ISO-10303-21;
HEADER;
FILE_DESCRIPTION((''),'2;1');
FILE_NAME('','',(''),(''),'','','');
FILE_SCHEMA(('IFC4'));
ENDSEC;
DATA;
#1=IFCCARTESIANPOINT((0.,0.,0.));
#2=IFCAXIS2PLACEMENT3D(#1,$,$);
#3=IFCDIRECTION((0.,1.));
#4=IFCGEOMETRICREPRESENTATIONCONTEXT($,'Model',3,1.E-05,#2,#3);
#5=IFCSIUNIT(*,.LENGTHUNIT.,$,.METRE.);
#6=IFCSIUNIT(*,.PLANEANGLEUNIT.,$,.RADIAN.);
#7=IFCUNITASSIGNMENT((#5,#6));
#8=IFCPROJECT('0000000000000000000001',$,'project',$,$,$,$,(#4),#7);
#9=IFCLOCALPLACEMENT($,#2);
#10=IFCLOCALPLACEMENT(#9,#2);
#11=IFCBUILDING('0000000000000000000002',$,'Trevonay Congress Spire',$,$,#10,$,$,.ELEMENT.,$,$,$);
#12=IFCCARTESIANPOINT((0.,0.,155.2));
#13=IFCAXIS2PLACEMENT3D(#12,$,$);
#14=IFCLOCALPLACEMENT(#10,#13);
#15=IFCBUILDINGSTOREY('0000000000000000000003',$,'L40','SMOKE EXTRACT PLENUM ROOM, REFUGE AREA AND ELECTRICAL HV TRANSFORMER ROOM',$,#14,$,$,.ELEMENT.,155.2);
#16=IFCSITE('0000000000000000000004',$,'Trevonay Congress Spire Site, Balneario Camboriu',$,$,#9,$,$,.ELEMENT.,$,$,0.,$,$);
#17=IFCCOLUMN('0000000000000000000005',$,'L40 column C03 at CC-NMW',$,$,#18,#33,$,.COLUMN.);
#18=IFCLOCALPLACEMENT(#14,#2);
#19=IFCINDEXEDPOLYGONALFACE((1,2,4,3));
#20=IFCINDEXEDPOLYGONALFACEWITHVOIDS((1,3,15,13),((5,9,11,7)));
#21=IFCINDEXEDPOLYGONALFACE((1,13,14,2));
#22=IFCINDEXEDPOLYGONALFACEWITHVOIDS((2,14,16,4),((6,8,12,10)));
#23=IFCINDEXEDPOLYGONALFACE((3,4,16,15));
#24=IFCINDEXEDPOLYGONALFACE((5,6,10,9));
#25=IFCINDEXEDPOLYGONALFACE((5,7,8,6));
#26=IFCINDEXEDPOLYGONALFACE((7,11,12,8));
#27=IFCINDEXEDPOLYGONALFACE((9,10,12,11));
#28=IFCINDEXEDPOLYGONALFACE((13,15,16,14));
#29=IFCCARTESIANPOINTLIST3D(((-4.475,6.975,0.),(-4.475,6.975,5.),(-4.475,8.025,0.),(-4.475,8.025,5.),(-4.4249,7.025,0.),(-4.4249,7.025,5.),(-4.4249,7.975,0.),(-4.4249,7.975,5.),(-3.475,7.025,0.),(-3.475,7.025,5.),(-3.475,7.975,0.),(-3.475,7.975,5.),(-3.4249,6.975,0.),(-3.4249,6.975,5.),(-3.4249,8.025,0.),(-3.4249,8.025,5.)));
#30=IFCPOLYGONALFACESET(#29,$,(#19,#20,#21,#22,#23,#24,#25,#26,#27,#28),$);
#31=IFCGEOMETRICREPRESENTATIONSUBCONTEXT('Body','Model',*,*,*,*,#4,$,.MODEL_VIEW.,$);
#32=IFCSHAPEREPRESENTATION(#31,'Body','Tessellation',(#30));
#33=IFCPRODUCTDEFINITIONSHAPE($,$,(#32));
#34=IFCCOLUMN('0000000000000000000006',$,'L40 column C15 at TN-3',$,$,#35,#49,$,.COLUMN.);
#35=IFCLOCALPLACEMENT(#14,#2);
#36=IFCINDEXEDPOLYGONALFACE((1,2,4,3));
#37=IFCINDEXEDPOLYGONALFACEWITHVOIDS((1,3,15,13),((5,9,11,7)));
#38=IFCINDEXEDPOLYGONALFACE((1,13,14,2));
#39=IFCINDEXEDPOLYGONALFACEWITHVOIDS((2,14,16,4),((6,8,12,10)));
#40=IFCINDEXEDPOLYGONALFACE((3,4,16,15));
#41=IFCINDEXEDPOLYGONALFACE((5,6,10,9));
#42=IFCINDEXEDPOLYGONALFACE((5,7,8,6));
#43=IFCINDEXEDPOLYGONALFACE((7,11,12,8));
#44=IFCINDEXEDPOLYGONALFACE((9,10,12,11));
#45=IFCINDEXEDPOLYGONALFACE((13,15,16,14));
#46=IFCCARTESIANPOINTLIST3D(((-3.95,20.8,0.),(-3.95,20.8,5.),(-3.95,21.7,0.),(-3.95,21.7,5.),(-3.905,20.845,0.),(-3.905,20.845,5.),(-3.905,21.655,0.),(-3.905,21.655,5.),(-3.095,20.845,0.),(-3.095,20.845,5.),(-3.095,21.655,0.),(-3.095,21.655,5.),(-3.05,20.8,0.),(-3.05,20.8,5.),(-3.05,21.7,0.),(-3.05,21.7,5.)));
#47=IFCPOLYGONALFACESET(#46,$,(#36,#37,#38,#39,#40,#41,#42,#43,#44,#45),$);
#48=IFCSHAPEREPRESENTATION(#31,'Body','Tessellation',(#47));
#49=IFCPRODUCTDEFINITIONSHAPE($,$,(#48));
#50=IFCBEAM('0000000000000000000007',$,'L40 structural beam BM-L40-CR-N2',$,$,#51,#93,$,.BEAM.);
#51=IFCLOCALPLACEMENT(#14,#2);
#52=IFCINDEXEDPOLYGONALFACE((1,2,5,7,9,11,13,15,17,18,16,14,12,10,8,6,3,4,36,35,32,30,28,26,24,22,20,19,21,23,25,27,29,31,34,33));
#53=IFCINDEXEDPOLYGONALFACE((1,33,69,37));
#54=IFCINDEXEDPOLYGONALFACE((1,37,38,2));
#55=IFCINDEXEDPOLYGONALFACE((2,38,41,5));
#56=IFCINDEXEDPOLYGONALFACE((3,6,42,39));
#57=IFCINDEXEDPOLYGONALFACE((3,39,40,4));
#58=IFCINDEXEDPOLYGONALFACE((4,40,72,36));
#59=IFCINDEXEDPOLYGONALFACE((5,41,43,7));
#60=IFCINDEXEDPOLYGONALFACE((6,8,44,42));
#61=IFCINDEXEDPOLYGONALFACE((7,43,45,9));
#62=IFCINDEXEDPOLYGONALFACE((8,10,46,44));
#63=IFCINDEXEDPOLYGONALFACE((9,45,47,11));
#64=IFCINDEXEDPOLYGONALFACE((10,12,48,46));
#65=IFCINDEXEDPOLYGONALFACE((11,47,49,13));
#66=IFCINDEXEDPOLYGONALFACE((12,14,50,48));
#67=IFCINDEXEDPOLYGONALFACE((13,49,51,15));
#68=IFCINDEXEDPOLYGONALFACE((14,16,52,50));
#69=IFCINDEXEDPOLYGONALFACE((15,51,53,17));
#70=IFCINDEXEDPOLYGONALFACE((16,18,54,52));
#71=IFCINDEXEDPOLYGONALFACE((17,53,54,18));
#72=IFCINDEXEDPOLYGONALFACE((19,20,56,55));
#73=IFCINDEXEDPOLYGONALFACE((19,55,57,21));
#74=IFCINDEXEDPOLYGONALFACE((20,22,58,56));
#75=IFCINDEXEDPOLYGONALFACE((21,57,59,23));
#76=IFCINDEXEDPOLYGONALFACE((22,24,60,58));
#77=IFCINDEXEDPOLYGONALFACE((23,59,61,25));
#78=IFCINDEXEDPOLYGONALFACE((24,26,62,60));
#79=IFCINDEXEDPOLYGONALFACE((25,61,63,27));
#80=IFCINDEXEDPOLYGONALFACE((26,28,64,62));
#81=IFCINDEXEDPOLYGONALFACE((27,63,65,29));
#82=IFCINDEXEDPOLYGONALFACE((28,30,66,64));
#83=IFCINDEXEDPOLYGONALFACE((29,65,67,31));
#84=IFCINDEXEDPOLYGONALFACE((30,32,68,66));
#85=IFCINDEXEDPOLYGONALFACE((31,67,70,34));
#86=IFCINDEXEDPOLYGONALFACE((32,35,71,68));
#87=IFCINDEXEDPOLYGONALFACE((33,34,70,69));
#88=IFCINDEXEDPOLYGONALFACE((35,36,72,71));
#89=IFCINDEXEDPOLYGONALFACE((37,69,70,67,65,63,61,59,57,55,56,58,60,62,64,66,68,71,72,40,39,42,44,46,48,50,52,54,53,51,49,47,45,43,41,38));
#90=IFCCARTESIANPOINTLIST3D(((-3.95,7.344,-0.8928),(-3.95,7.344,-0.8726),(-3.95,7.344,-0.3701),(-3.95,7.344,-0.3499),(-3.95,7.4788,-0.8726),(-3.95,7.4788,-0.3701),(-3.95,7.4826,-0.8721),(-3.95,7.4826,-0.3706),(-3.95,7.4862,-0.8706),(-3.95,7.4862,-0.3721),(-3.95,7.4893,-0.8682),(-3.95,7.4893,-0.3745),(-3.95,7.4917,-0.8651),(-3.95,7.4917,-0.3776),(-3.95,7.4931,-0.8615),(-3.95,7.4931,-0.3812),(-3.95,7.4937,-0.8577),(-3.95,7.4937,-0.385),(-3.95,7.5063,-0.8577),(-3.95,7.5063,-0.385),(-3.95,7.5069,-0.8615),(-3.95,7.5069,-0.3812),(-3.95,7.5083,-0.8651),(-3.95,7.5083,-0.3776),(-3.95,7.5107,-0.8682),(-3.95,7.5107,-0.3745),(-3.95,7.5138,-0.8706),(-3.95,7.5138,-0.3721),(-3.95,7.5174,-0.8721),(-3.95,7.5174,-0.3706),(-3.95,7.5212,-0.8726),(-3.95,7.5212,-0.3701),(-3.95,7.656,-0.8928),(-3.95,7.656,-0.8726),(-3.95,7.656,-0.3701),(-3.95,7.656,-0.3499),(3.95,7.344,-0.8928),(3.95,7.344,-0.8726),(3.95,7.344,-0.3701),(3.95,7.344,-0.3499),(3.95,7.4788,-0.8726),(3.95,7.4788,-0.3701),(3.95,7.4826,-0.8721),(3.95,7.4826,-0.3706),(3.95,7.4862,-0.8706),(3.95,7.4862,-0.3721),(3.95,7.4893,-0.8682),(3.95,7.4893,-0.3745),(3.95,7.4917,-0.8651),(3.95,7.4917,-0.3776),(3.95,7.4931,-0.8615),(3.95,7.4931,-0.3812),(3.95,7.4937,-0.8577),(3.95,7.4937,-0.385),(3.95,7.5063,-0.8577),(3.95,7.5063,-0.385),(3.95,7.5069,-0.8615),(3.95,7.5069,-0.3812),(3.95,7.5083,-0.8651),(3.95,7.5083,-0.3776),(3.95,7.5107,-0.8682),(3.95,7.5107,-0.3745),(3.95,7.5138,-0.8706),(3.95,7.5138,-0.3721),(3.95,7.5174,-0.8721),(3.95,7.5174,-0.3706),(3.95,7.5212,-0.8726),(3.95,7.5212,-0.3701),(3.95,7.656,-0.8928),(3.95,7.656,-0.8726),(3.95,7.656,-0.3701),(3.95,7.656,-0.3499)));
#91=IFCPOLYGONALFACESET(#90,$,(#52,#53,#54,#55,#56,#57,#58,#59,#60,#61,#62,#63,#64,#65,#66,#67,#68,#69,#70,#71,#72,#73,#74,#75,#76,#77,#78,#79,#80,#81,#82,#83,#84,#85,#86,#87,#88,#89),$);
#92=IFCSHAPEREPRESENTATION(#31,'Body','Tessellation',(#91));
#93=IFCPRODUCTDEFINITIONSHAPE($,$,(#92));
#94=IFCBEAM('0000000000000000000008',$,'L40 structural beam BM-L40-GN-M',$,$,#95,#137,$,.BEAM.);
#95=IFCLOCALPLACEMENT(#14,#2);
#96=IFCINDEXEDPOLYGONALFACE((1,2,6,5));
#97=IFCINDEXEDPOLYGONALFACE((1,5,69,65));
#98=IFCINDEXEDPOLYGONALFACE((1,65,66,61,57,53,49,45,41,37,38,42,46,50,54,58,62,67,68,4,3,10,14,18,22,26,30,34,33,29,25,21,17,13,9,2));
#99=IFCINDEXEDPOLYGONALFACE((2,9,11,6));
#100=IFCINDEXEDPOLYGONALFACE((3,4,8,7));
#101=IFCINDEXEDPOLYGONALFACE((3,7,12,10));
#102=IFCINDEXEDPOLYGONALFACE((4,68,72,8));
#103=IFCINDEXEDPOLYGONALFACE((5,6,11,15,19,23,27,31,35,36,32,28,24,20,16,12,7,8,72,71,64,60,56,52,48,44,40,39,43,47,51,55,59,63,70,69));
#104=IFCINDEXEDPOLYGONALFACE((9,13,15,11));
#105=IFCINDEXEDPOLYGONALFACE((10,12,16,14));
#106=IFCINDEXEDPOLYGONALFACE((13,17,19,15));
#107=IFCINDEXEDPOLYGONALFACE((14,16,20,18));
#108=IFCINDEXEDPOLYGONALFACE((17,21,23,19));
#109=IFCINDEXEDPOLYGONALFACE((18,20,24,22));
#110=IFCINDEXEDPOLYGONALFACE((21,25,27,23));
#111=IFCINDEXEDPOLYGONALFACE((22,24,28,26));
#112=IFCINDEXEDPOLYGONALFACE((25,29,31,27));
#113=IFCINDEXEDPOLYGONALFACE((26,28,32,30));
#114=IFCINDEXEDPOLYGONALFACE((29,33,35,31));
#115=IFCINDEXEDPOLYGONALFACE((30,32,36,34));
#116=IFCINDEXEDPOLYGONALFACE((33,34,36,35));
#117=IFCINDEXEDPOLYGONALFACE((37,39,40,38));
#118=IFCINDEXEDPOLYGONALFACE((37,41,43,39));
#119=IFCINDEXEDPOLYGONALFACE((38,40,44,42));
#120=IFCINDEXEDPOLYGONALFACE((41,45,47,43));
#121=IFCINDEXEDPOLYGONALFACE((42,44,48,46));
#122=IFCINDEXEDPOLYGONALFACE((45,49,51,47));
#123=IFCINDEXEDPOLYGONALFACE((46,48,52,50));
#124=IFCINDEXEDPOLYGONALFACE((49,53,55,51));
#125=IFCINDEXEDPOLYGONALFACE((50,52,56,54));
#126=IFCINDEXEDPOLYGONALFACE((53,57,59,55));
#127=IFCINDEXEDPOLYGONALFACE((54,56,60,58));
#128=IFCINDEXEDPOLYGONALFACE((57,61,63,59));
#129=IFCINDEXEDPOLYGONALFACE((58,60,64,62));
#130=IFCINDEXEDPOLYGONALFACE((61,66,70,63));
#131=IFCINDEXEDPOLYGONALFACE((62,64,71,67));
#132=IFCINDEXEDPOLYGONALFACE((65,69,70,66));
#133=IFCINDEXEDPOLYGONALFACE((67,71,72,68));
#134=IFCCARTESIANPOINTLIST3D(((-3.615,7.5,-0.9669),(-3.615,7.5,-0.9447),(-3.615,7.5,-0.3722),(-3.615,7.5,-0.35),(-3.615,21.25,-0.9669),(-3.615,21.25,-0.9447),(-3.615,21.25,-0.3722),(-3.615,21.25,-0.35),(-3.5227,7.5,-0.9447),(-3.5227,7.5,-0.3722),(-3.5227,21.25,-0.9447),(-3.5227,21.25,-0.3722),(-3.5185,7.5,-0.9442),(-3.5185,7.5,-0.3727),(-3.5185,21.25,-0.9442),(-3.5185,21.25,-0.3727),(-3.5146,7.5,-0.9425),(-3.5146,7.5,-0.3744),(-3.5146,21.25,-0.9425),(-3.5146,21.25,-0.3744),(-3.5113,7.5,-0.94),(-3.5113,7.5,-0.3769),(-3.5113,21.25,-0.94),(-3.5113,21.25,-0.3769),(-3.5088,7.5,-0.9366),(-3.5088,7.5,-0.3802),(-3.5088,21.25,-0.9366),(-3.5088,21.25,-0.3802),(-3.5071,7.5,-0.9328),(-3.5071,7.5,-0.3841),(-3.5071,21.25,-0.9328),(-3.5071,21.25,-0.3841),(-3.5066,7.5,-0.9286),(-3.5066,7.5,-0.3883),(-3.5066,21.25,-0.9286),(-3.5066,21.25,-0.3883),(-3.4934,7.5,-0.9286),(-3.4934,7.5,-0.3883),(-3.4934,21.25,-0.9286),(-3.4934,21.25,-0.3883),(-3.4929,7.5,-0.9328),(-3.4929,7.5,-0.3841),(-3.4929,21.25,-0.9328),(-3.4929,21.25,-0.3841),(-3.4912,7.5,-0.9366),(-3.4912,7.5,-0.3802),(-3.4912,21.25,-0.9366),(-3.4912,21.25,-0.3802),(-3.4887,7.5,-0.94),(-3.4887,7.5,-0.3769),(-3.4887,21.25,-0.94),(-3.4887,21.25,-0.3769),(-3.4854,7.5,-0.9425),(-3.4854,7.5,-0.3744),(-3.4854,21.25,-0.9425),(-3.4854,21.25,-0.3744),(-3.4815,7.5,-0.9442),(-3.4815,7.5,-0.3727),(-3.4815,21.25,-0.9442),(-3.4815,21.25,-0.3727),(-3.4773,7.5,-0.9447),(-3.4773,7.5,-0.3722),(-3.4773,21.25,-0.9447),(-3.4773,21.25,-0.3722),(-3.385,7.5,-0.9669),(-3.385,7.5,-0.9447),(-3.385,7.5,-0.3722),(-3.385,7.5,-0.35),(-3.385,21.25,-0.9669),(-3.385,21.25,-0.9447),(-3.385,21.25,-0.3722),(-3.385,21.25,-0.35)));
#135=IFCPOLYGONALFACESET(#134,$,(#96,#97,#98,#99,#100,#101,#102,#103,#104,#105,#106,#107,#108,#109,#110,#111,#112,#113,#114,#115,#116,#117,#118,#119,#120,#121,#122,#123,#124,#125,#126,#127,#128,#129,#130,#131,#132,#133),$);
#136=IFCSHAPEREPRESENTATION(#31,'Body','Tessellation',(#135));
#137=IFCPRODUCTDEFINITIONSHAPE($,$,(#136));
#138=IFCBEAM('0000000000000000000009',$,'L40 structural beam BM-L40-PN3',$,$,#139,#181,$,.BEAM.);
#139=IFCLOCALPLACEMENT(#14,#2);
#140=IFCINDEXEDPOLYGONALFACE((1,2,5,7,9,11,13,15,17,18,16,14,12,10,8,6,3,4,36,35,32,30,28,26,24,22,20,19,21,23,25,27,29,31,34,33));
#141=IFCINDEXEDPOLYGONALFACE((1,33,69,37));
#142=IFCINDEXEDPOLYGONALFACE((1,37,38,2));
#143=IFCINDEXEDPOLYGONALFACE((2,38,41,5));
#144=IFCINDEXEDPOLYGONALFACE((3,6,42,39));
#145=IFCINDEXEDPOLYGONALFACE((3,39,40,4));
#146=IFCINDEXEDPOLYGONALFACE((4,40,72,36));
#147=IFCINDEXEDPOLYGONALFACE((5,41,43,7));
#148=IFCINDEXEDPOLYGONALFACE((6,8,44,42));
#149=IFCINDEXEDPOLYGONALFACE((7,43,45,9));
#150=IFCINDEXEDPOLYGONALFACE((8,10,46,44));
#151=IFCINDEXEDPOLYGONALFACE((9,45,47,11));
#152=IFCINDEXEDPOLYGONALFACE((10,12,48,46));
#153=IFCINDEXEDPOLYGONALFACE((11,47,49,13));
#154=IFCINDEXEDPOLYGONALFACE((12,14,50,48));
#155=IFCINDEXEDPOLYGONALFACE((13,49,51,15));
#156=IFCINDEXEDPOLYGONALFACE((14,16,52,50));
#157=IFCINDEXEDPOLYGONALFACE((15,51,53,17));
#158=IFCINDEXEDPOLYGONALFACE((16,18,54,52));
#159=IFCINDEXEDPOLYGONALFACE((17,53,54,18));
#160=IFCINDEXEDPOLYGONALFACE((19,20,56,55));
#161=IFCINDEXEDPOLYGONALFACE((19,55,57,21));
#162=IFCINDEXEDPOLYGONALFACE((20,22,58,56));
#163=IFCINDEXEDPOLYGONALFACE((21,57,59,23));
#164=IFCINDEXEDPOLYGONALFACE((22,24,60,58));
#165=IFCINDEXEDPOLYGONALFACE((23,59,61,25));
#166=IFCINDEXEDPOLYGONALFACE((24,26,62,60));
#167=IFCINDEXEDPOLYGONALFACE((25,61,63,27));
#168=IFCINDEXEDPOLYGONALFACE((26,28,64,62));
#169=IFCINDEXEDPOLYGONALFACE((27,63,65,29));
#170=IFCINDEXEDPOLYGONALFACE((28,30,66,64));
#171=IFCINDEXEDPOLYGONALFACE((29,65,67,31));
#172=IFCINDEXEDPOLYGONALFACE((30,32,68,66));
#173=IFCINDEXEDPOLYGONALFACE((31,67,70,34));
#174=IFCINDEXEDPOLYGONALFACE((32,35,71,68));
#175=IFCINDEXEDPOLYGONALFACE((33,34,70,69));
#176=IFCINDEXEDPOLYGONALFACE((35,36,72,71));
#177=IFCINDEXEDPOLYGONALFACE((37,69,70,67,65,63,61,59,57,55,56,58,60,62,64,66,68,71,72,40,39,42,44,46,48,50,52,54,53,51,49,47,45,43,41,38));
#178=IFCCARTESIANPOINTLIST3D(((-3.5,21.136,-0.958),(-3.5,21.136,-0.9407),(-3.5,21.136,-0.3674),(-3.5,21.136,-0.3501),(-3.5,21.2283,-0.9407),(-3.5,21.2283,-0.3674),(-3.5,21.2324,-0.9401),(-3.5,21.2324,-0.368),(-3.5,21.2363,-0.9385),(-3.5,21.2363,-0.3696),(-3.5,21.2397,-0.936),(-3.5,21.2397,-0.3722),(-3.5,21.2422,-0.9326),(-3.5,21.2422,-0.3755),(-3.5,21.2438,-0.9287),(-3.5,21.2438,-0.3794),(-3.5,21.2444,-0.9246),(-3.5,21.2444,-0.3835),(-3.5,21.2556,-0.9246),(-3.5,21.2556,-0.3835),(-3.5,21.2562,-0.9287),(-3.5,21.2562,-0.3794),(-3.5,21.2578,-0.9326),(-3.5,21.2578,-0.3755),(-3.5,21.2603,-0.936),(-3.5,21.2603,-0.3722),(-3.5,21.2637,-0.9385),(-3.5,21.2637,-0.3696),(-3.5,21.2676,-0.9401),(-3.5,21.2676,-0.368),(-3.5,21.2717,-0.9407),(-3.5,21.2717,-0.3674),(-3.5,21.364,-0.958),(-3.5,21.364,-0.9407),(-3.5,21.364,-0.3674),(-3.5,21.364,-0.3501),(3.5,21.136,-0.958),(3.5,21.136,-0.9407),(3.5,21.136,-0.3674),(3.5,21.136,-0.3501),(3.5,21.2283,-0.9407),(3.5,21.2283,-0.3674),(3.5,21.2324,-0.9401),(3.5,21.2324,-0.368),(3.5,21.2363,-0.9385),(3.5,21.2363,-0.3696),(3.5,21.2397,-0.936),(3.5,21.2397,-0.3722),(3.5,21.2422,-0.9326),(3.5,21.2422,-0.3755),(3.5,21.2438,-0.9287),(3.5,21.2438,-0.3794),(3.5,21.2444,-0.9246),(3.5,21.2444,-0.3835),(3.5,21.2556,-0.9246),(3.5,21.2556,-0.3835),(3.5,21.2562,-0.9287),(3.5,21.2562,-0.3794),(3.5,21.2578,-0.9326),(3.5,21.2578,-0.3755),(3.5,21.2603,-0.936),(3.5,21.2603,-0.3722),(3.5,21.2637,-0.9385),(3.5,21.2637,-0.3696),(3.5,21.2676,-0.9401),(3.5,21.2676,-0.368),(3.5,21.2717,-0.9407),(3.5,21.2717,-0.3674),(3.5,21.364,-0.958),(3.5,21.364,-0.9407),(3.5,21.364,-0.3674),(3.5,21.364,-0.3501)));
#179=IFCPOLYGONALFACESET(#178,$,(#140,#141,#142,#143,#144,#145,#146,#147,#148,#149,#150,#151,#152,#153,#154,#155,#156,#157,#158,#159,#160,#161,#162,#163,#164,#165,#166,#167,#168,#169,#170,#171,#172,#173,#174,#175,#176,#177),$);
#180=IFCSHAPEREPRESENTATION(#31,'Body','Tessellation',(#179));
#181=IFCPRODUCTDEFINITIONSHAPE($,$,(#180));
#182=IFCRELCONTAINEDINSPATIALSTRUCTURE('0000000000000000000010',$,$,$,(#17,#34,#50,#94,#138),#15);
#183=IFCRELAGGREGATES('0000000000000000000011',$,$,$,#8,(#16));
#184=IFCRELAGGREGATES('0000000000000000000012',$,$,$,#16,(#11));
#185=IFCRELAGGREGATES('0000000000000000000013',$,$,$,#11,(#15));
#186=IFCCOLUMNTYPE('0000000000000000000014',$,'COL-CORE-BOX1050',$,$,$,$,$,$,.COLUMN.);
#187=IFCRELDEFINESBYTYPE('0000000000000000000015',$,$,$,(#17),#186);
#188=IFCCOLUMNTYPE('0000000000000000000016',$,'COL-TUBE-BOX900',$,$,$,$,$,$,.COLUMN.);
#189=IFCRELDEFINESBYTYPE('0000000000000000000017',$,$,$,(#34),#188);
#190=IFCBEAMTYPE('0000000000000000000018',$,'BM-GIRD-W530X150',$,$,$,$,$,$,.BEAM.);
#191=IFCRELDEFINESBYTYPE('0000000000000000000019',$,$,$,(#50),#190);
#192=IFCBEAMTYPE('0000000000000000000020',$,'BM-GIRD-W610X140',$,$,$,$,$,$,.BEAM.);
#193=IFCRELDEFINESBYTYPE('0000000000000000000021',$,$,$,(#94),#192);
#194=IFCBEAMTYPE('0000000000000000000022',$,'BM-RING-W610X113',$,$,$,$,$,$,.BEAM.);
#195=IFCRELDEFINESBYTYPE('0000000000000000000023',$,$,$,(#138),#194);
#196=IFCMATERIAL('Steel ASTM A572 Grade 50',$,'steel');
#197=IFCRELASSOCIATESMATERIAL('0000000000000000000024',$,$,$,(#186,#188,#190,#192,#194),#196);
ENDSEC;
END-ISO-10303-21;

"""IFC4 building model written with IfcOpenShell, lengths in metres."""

from ifc_helpers import new_model, si_unit, direction, frame, origin, origin_2d, place, context, subcontext, project, spatial, hollow_rectangle, i_section, extrude, material, material_profile, profile_set, type_object, element, save


model = new_model("IFC4")

# Units and contexts
model_context = context("Model", 3, precision=1e-05, world=origin(), true_north=direction((0.0, 1.0)))
body_context = subcontext(model_context, "Body", "Model", "MODEL_VIEW")
ifc_project = project(units=[si_unit("LENGTHUNIT", "METRE"), si_unit("PLANEANGLEUNIT", "RADIAN")], contexts=[model_context])

# Site, building, storey
site_placement = place(None, origin())
site = spatial("IfcSite", under=ifc_project, at=site_placement, Name="Trevonay Congress Spire Site, Balneario Camboriu", CompositionType="ELEMENT", RefElevation=0.0)
building_placement = place(site_placement, origin())
building = spatial("IfcBuilding", under=site, at=building_placement, Name="Trevonay Congress Spire", CompositionType="ELEMENT")
storey_placement = place(building_placement, frame((0.0, 0.0, 155.2)))
storey = spatial("IfcBuildingStorey", under=building, at=storey_placement, Name="L40", Description="SMOKE EXTRACT PLENUM ROOM, REFUGE AREA AND ELECTRICAL HV TRANSFORMER ROOM", CompositionType="ELEMENT", Elevation=155.2)

# Columns
ifc_material_1 = material(Name="Steel ASTM A572 Grade 50", Category="steel")
ifc_material_profile_1 = material_profile(ifc_material_1, hollow_rectangle(XDim=1.05, YDim=1.05, WallThickness=0.05, at=origin_2d()), Name="BOX 1050x1050x50")
ifc_profile_set_1 = profile_set([ifc_material_profile_1], Name="Steel ASTM A572 Grade 50")
column_type_1 = type_object("IfcColumnType", Name="COL-CORE-BOX1050", PredefinedType="COLUMN", material=ifc_profile_set_1)
column_1_placement = place(storey_placement, frame((-3.95, 7.5, 0.0), z_axis=(0.0, 0.0, 1.0), x_axis=(1.0, 0.0, 0.0)))
element("IfcColumn", 1, at=column_1_placement, inside=storey, type_object=column_type_1, Name="L40 column C03 at CC-NMW", PredefinedType="COLUMN", context=body_context, shape_type="SweptSolid", body=[
    extrude(hollow_rectangle(XDim=1.05, YDim=1.05, WallThickness=0.05, at=origin_2d()), origin(), (0.0, 0.0, 1.0), 5.0),
])
ifc_material_profile_2 = material_profile(ifc_material_1, hollow_rectangle(XDim=0.8999, YDim=0.8999, WallThickness=0.0449, at=origin_2d()), Name="BOX 900x900x45")
ifc_profile_set_2 = profile_set([ifc_material_profile_2], Name="Steel ASTM A572 Grade 50")
column_type_2 = type_object("IfcColumnType", Name="COL-TUBE-BOX900", PredefinedType="COLUMN", material=ifc_profile_set_2)
column_2_placement = place(storey_placement, frame((-3.5, 21.25, 0.0), z_axis=(0.0, 0.0, 1.0), x_axis=(1.0, 0.0, 0.0)))
element("IfcColumn", 2, at=column_2_placement, inside=storey, type_object=column_type_2, Name="L40 column C15 at TN-3", PredefinedType="COLUMN", context=body_context, shape_type="SweptSolid", body=[
    extrude(hollow_rectangle(XDim=0.8999, YDim=0.8999, WallThickness=0.0449, at=origin_2d()), origin(), (0.0, 0.0, 1.0), 5.0),
])

# Beams
ifc_material_profile_3 = material_profile(ifc_material_1, i_section(OverallWidth=0.312, OverallDepth=0.543, WebThickness=0.0127, FlangeThickness=0.0203, FilletRadius=0.0149, at=origin_2d()), Name="W530x150")
ifc_profile_set_3 = profile_set([ifc_material_profile_3], Name="Steel ASTM A572 Grade 50")
beam_type_1 = type_object("IfcBeamType", Name="BM-GIRD-W530X150", PredefinedType="BEAM", material=ifc_profile_set_3)
beam_1_placement = place(storey_placement, frame((-3.95, 7.5, -0.6213), z_axis=(1.0, 0.0, 0.0), x_axis=(0.0, 1.0, 0.0)))
element("IfcBeam", 3, at=beam_1_placement, inside=storey, type_object=beam_type_1, Name="L40 structural beam BM-L40-CR-N2", PredefinedType="BEAM", context=body_context, shape_type="SweptSolid", body=[
    extrude(i_section(OverallWidth=0.312, OverallDepth=0.543, WebThickness=0.0127, FlangeThickness=0.0203, FilletRadius=0.0149, at=origin_2d()), origin(), (0.0, 0.0, 1.0), 7.8999),
])
ifc_material_profile_4 = material_profile(ifc_material_1, i_section(OverallWidth=0.23, OverallDepth=0.6169, WebThickness=0.0132, FlangeThickness=0.0222, FilletRadius=0.0161, at=origin_2d()), Name="W610x140")
ifc_profile_set_4 = profile_set([ifc_material_profile_4], Name="Steel ASTM A572 Grade 50")
beam_type_2 = type_object("IfcBeamType", Name="BM-GIRD-W610X140", PredefinedType="BEAM", material=ifc_profile_set_4)
beam_2_placement = place(storey_placement, frame((-3.5, 7.5, -0.6584), z_axis=(0.0, 1.0, 0.0), x_axis=(-1.0, 0.0, 0.0)))
element("IfcBeam", 4, at=beam_2_placement, inside=storey, type_object=beam_type_2, Name="L40 structural beam BM-L40-GN-M", PredefinedType="BEAM", context=body_context, shape_type="SweptSolid", body=[
    extrude(i_section(OverallWidth=0.23, OverallDepth=0.6169, WebThickness=0.0132, FlangeThickness=0.0222, FilletRadius=0.0161, at=origin_2d()), origin(), (0.0, 0.0, 1.0), 13.75),
])
ifc_material_profile_5 = material_profile(ifc_material_1, i_section(OverallWidth=0.228, OverallDepth=0.6079, WebThickness=0.0112, FlangeThickness=0.0173, FilletRadius=0.0161, at=origin_2d()), Name="W610x113")
ifc_profile_set_5 = profile_set([ifc_material_profile_5], Name="Steel ASTM A572 Grade 50")
beam_type_3 = type_object("IfcBeamType", Name="BM-RING-W610X113", PredefinedType="BEAM", material=ifc_profile_set_5)
beam_3_placement = place(storey_placement, frame((-3.5, 21.25, -0.6541), z_axis=(1.0, 0.0, 0.0), x_axis=(0.0, 1.0, 0.0)))
element("IfcBeam", 5, at=beam_3_placement, inside=storey, type_object=beam_type_3, Name="L40 structural beam BM-L40-PN3", PredefinedType="BEAM", context=body_context, shape_type="SweptSolid", body=[
    extrude(i_section(OverallWidth=0.228, OverallDepth=0.6079, WebThickness=0.0112, FlangeThickness=0.0173, FilletRadius=0.0161, at=origin_2d()), origin(), (0.0, 0.0, 1.0), 7.0),
])

save(model, "model.ifc")
